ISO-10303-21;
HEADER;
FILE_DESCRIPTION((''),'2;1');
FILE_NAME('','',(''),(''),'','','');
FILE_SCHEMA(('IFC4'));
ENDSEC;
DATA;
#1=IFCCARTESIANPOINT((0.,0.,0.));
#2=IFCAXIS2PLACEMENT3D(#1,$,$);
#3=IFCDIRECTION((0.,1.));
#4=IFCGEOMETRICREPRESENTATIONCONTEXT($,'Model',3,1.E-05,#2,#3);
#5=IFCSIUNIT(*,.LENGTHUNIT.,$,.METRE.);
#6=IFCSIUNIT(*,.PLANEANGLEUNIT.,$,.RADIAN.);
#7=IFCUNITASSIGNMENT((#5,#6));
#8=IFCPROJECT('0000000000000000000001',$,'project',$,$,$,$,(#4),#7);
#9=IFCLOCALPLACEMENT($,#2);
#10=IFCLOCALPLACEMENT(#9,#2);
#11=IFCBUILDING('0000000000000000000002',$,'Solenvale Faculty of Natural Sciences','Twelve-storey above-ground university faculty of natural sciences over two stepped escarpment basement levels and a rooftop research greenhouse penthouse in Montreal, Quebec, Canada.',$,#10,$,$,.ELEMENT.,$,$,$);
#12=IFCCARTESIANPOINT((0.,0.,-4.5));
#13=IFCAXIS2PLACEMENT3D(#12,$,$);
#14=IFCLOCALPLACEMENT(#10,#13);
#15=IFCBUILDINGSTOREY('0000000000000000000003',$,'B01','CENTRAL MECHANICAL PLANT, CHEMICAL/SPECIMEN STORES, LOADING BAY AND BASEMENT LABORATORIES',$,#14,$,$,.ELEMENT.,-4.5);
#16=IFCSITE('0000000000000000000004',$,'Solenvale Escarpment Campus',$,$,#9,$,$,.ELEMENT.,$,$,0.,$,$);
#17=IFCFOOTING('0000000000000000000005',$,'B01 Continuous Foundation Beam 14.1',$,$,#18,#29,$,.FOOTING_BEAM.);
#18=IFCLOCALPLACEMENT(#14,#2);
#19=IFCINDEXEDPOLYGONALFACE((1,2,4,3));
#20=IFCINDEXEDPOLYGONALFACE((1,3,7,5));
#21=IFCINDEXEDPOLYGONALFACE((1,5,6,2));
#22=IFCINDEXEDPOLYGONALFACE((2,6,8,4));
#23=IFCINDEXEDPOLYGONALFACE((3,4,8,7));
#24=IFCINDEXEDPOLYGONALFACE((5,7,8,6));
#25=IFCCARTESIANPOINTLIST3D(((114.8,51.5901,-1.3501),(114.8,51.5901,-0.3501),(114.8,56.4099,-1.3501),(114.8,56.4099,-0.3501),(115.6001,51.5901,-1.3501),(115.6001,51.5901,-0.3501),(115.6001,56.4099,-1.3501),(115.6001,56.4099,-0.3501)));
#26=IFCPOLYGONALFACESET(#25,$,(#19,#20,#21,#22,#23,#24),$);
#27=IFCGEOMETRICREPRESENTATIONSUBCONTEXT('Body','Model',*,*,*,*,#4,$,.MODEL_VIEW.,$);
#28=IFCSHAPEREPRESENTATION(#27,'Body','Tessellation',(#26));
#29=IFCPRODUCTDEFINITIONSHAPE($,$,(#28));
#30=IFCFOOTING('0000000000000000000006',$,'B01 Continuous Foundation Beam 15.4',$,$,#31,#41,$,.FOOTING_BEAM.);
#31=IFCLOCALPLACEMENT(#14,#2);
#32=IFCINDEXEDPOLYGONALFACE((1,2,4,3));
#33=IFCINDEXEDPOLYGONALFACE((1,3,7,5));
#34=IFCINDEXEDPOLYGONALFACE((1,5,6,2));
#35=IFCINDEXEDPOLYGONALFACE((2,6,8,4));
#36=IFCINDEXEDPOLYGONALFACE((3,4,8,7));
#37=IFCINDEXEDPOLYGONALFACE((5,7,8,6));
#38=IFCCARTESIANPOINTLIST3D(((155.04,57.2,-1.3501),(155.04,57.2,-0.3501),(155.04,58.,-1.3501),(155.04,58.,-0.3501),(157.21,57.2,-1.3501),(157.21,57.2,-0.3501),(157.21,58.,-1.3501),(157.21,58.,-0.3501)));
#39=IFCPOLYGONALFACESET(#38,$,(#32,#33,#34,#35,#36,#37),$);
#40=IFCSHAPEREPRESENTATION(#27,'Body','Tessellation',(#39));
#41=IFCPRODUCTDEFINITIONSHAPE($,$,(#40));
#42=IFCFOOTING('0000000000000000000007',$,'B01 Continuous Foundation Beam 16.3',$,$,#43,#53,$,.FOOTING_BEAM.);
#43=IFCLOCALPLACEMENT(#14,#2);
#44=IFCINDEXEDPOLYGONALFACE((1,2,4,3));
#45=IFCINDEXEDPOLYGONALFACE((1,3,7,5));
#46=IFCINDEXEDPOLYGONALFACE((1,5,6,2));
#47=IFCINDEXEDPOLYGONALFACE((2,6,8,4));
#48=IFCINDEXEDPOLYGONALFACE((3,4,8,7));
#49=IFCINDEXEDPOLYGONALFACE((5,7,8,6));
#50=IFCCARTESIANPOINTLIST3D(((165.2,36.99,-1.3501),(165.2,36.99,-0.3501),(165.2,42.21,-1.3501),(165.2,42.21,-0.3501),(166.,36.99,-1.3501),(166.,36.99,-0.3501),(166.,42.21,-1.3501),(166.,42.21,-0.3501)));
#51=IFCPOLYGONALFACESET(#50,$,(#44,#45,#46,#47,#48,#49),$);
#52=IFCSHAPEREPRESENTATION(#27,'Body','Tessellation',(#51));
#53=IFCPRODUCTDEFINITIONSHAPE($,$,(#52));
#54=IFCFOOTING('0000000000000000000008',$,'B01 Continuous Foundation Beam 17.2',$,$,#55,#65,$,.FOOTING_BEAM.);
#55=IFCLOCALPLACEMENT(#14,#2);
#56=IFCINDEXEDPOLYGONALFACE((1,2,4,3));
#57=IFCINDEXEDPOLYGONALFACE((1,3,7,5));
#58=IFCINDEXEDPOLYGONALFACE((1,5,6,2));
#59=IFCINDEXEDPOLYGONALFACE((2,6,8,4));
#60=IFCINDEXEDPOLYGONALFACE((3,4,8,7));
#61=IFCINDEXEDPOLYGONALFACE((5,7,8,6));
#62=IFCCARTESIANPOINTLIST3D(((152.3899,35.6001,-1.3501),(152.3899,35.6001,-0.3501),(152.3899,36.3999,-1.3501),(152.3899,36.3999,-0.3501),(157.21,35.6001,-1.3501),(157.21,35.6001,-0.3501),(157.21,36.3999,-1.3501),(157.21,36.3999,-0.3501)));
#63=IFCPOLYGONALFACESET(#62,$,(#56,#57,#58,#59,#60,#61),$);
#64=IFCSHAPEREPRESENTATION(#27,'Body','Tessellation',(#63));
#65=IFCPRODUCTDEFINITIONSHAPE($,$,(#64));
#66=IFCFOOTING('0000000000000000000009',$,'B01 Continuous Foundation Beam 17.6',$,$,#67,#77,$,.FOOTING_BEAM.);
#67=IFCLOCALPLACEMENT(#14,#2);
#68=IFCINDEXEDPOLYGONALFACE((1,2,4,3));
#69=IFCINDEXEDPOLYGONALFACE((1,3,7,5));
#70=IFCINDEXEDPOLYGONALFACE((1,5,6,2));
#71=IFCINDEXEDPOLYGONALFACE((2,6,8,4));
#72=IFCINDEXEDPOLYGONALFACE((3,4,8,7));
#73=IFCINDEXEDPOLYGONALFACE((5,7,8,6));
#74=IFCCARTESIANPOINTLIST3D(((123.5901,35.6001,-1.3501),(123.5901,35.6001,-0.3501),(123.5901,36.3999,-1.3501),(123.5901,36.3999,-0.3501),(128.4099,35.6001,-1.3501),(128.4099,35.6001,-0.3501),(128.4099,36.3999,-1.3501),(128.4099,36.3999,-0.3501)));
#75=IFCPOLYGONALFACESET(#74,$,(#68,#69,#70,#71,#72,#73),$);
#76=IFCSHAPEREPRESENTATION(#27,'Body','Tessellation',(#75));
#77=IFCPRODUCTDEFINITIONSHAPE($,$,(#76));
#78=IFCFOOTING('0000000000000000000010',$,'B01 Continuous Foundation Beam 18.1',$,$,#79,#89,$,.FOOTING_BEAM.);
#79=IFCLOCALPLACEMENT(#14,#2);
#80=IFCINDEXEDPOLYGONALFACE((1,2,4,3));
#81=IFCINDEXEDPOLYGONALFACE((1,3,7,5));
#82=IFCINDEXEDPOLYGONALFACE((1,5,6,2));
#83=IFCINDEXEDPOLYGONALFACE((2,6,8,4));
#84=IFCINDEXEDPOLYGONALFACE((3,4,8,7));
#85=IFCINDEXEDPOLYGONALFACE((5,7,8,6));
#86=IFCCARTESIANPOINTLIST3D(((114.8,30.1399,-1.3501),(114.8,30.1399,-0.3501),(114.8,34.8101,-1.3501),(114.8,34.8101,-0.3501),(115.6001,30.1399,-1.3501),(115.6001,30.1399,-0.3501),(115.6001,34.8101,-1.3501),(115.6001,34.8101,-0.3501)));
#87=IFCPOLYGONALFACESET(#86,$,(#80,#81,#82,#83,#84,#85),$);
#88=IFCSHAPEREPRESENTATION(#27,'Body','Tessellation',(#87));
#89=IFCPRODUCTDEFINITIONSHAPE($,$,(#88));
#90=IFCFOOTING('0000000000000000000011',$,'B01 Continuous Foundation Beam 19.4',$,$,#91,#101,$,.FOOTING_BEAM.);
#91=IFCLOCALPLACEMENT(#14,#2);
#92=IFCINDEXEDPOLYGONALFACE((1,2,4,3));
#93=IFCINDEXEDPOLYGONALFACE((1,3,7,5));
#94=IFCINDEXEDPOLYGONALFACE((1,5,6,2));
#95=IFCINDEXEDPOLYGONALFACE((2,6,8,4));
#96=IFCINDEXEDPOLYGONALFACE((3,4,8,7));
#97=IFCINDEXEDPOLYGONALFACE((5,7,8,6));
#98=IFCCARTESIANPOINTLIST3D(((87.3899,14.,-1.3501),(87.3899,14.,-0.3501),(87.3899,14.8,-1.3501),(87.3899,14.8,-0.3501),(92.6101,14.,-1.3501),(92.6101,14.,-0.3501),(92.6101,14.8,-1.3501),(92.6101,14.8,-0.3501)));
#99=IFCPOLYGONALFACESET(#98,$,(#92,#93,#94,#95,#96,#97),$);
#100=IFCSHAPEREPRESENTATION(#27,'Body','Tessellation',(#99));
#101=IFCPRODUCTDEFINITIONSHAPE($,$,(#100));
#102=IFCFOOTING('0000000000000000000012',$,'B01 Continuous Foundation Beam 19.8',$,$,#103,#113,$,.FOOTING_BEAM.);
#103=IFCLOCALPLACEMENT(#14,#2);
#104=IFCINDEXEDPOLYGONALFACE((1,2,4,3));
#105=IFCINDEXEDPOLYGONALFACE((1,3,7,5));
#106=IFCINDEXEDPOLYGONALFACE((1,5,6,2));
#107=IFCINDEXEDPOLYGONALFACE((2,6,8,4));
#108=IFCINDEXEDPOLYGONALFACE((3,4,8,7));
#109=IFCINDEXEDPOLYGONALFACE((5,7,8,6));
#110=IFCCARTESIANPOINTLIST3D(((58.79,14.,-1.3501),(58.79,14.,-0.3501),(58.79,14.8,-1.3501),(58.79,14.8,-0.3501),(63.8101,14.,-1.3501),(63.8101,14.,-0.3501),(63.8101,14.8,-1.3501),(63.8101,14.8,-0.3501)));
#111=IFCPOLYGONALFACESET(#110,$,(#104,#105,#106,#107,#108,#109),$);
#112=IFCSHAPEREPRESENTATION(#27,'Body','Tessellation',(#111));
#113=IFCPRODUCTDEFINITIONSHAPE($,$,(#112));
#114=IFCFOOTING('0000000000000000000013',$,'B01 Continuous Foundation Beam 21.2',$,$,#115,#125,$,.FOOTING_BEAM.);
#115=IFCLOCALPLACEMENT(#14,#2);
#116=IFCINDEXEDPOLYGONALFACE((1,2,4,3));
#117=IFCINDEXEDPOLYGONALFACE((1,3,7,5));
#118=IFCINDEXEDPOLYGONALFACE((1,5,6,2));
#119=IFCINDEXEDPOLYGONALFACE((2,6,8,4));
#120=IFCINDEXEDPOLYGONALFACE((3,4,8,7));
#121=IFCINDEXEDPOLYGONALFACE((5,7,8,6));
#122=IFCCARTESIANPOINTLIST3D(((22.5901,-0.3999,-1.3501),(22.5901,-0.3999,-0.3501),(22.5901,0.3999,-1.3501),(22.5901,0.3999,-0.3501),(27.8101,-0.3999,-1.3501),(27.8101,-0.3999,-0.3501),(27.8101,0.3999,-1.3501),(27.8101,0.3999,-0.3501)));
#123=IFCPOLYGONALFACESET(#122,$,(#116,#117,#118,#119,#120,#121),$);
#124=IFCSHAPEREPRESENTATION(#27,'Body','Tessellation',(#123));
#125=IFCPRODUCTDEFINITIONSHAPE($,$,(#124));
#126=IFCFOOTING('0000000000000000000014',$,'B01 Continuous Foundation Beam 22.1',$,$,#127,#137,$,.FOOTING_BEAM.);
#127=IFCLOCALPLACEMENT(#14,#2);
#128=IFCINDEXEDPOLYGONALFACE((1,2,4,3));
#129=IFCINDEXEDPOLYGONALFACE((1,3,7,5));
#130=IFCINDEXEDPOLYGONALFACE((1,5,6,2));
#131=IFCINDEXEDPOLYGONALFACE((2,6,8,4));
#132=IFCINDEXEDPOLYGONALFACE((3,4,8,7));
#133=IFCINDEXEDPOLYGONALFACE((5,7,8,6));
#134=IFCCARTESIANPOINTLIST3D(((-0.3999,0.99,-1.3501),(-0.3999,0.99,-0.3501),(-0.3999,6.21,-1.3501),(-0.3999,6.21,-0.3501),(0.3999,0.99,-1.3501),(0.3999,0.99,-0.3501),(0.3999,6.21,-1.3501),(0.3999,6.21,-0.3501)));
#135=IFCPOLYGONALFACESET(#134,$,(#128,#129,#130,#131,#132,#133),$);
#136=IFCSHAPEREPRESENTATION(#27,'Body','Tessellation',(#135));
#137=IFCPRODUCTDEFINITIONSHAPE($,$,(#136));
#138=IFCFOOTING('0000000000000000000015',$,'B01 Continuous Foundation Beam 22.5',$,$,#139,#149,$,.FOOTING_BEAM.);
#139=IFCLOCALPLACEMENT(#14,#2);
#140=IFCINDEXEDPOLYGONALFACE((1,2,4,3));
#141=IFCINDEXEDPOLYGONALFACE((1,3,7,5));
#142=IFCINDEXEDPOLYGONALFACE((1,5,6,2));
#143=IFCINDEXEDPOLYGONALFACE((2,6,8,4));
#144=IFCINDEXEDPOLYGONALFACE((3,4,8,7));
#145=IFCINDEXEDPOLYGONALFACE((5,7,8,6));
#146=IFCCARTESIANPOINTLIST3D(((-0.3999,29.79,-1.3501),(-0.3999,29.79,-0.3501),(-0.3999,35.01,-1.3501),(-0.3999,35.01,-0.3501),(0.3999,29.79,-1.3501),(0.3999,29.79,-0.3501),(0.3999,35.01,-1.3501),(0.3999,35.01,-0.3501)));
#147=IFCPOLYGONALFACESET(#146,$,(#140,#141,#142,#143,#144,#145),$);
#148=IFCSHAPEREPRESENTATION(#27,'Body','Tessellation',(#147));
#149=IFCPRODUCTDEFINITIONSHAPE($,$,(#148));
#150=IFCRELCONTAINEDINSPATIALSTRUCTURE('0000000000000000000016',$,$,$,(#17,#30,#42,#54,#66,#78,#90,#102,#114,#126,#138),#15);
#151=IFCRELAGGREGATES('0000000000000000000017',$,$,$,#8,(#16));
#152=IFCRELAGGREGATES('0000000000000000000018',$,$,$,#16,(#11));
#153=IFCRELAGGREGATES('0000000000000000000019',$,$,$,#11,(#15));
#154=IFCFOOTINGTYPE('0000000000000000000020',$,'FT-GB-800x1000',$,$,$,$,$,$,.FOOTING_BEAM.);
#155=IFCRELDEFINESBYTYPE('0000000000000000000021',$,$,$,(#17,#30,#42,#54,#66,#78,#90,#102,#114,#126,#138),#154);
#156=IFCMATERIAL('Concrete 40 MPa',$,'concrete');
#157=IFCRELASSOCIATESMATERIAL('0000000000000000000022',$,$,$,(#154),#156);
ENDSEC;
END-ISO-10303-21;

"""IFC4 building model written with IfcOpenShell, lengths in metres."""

from ifc_helpers import new_model, si_unit, direction, frame, origin, place, context, subcontext, project, spatial, polyline, outline, extrude, material, type_object, element, save


model = new_model("IFC4")

# Units and contexts
model_context = context("Model", 3, precision=1e-05, world=origin(), true_north=direction((0.0, 1.0)))
body_context = subcontext(model_context, "Body", "Model", "MODEL_VIEW")
ifc_project = project(units=[si_unit("LENGTHUNIT", "METRE"), si_unit("PLANEANGLEUNIT", "RADIAN")], contexts=[model_context])

# Site, building, storey
site_placement = place(None, origin())
site = spatial("IfcSite", under=ifc_project, at=site_placement, Name="Solenvale Escarpment Campus", CompositionType="ELEMENT", RefElevation=0.0)
building_placement = place(site_placement, origin())
building = spatial("IfcBuilding", under=site, at=building_placement, Name="Solenvale Faculty of Natural Sciences", Description="Twelve-storey above-ground university faculty of natural sciences over two stepped escarpment basement levels and a rooftop research greenhouse penthouse in Montreal, Quebec, Canada.", CompositionType="ELEMENT")
storey_placement = place(building_placement, frame((0.0, 0.0, -4.5)))
storey = spatial("IfcBuildingStorey", under=building, at=storey_placement, Name="B01", Description="CENTRAL MECHANICAL PLANT, CHEMICAL/SPECIMEN STORES, LOADING BAY AND BASEMENT LABORATORIES", CompositionType="ELEMENT", Elevation=-4.5)

# Footings
ifc_material = material(Name="Concrete 40 MPa", Category="concrete")
footing_type_1 = type_object("IfcFootingType", Name="FT-GB-800x1000", PredefinedType="FOOTING_BEAM", material=ifc_material)
footing_1_placement = place(storey_placement, frame((0.0, 0.0, -1.3501)))
element("IfcFooting", 1, at=footing_1_placement, inside=storey, type_object=footing_type_1, Name="B01 Continuous Foundation Beam 14.1", PredefinedType="FOOTING_BEAM", context=body_context, shape_type="SweptSolid", body=[
    extrude(outline(polyline([(114.8, 51.5901), (115.6001, 51.5901), (115.6001, 56.4099), (114.8, 56.4099), (114.8, 51.5901)])), origin(), (0.0, 0.0, 1.0), 1.0),
])
footing_2_placement = place(storey_placement, frame((0.0, 0.0, -1.3501)))
element("IfcFooting", 2, at=footing_2_placement, inside=storey, type_object=footing_type_1, Name="B01 Continuous Foundation Beam 15.4", PredefinedType="FOOTING_BEAM", context=body_context, shape_type="SweptSolid", body=[
    extrude(outline(polyline([(155.04, 57.2), (157.21, 57.2), (157.21, 58.0), (155.04, 58.0), (155.04, 57.2)])), origin(), (0.0, 0.0, 1.0), 1.0),
])
footing_3_placement = place(storey_placement, frame((0.0, 0.0, -1.3501)))
element("IfcFooting", 3, at=footing_3_placement, inside=storey, type_object=footing_type_1, Name="B01 Continuous Foundation Beam 16.3", PredefinedType="FOOTING_BEAM", context=body_context, shape_type="SweptSolid", body=[
    extrude(outline(polyline([(165.2, 36.99), (166.0, 36.99), (166.0, 42.21), (165.2, 42.21), (165.2, 36.99)])), origin(), (0.0, 0.0, 1.0), 1.0),
])
footing_4_placement = place(storey_placement, frame((0.0, 0.0, -1.3501)))
element("IfcFooting", 4, at=footing_4_placement, inside=storey, type_object=footing_type_1, Name="B01 Continuous Foundation Beam 17.2", PredefinedType="FOOTING_BEAM", context=body_context, shape_type="SweptSolid", body=[
    extrude(outline(polyline([(152.3899, 35.6001), (157.21, 35.6001), (157.21, 36.3999), (152.3899, 36.3999), (152.3899, 35.6001)])), origin(), (0.0, 0.0, 1.0), 1.0),
])
footing_5_placement = place(storey_placement, frame((0.0, 0.0, -1.3501)))
element("IfcFooting", 5, at=footing_5_placement, inside=storey, type_object=footing_type_1, Name="B01 Continuous Foundation Beam 17.6", PredefinedType="FOOTING_BEAM", context=body_context, shape_type="SweptSolid", body=[
    extrude(outline(polyline([(123.5901, 35.6001), (128.4099, 35.6001), (128.4099, 36.3999), (123.5901, 36.3999), (123.5901, 35.6001)])), origin(), (0.0, 0.0, 1.0), 1.0),
])
footing_6_placement = place(storey_placement, frame((0.0, 0.0, -1.3501)))
element("IfcFooting", 6, at=footing_6_placement, inside=storey, type_object=footing_type_1, Name="B01 Continuous Foundation Beam 18.1", PredefinedType="FOOTING_BEAM", context=body_context, shape_type="SweptSolid", body=[
    extrude(outline(polyline([(114.8, 30.1399), (115.6001, 30.1399), (115.6001, 34.8101), (114.8, 34.8101), (114.8, 30.1399)])), origin(), (0.0, 0.0, 1.0), 1.0),
])
footing_7_placement = place(storey_placement, frame((0.0, 0.0, -1.3501)))
element("IfcFooting", 7, at=footing_7_placement, inside=storey, type_object=footing_type_1, Name="B01 Continuous Foundation Beam 19.4", PredefinedType="FOOTING_BEAM", context=body_context, shape_type="SweptSolid", body=[
    extrude(outline(polyline([(87.3899, 14.0), (92.6101, 14.0), (92.6101, 14.8), (87.3899, 14.8), (87.3899, 14.0)])), origin(), (0.0, 0.0, 1.0), 1.0),
])
footing_8_placement = place(storey_placement, frame((0.0, 0.0, -1.3501)))
element("IfcFooting", 8, at=footing_8_placement, inside=storey, type_object=footing_type_1, Name="B01 Continuous Foundation Beam 19.8", PredefinedType="FOOTING_BEAM", context=body_context, shape_type="SweptSolid", body=[
    extrude(outline(polyline([(58.79, 14.0), (63.8101, 14.0), (63.8101, 14.8), (58.79, 14.8), (58.79, 14.0)])), origin(), (0.0, 0.0, 1.0), 1.0),
])
footing_9_placement = place(storey_placement, frame((0.0, 0.0, -1.3501)))
element("IfcFooting", 9, at=footing_9_placement, inside=storey, type_object=footing_type_1, Name="B01 Continuous Foundation Beam 21.2", PredefinedType="FOOTING_BEAM", context=body_context, shape_type="SweptSolid", body=[
    extrude(outline(polyline([(22.5901, -0.3999), (27.8101, -0.3999), (27.8101, 0.3999), (22.5901, 0.3999), (22.5901, -0.3999)])), origin(), (0.0, 0.0, 1.0), 1.0),
])
footing_10_placement = place(storey_placement, frame((0.0, 0.0, -1.3501)))
element("IfcFooting", 10, at=footing_10_placement, inside=storey, type_object=footing_type_1, Name="B01 Continuous Foundation Beam 22.1", PredefinedType="FOOTING_BEAM", context=body_context, shape_type="SweptSolid", body=[
    extrude(outline(polyline([(-0.3999, 0.99), (0.3999, 0.99), (0.3999, 6.21), (-0.3999, 6.21), (-0.3999, 0.99)])), origin(), (0.0, 0.0, 1.0), 1.0),
])
footing_11_placement = place(storey_placement, frame((0.0, 0.0, -1.3501)))
element("IfcFooting", 11, at=footing_11_placement, inside=storey, type_object=footing_type_1, Name="B01 Continuous Foundation Beam 22.5", PredefinedType="FOOTING_BEAM", context=body_context, shape_type="SweptSolid", body=[
    extrude(outline(polyline([(-0.3999, 29.79), (0.3999, 29.79), (0.3999, 35.01), (-0.3999, 35.01), (-0.3999, 29.79)])), origin(), (0.0, 0.0, 1.0), 1.0),
])

save(model, "model.ifc")
